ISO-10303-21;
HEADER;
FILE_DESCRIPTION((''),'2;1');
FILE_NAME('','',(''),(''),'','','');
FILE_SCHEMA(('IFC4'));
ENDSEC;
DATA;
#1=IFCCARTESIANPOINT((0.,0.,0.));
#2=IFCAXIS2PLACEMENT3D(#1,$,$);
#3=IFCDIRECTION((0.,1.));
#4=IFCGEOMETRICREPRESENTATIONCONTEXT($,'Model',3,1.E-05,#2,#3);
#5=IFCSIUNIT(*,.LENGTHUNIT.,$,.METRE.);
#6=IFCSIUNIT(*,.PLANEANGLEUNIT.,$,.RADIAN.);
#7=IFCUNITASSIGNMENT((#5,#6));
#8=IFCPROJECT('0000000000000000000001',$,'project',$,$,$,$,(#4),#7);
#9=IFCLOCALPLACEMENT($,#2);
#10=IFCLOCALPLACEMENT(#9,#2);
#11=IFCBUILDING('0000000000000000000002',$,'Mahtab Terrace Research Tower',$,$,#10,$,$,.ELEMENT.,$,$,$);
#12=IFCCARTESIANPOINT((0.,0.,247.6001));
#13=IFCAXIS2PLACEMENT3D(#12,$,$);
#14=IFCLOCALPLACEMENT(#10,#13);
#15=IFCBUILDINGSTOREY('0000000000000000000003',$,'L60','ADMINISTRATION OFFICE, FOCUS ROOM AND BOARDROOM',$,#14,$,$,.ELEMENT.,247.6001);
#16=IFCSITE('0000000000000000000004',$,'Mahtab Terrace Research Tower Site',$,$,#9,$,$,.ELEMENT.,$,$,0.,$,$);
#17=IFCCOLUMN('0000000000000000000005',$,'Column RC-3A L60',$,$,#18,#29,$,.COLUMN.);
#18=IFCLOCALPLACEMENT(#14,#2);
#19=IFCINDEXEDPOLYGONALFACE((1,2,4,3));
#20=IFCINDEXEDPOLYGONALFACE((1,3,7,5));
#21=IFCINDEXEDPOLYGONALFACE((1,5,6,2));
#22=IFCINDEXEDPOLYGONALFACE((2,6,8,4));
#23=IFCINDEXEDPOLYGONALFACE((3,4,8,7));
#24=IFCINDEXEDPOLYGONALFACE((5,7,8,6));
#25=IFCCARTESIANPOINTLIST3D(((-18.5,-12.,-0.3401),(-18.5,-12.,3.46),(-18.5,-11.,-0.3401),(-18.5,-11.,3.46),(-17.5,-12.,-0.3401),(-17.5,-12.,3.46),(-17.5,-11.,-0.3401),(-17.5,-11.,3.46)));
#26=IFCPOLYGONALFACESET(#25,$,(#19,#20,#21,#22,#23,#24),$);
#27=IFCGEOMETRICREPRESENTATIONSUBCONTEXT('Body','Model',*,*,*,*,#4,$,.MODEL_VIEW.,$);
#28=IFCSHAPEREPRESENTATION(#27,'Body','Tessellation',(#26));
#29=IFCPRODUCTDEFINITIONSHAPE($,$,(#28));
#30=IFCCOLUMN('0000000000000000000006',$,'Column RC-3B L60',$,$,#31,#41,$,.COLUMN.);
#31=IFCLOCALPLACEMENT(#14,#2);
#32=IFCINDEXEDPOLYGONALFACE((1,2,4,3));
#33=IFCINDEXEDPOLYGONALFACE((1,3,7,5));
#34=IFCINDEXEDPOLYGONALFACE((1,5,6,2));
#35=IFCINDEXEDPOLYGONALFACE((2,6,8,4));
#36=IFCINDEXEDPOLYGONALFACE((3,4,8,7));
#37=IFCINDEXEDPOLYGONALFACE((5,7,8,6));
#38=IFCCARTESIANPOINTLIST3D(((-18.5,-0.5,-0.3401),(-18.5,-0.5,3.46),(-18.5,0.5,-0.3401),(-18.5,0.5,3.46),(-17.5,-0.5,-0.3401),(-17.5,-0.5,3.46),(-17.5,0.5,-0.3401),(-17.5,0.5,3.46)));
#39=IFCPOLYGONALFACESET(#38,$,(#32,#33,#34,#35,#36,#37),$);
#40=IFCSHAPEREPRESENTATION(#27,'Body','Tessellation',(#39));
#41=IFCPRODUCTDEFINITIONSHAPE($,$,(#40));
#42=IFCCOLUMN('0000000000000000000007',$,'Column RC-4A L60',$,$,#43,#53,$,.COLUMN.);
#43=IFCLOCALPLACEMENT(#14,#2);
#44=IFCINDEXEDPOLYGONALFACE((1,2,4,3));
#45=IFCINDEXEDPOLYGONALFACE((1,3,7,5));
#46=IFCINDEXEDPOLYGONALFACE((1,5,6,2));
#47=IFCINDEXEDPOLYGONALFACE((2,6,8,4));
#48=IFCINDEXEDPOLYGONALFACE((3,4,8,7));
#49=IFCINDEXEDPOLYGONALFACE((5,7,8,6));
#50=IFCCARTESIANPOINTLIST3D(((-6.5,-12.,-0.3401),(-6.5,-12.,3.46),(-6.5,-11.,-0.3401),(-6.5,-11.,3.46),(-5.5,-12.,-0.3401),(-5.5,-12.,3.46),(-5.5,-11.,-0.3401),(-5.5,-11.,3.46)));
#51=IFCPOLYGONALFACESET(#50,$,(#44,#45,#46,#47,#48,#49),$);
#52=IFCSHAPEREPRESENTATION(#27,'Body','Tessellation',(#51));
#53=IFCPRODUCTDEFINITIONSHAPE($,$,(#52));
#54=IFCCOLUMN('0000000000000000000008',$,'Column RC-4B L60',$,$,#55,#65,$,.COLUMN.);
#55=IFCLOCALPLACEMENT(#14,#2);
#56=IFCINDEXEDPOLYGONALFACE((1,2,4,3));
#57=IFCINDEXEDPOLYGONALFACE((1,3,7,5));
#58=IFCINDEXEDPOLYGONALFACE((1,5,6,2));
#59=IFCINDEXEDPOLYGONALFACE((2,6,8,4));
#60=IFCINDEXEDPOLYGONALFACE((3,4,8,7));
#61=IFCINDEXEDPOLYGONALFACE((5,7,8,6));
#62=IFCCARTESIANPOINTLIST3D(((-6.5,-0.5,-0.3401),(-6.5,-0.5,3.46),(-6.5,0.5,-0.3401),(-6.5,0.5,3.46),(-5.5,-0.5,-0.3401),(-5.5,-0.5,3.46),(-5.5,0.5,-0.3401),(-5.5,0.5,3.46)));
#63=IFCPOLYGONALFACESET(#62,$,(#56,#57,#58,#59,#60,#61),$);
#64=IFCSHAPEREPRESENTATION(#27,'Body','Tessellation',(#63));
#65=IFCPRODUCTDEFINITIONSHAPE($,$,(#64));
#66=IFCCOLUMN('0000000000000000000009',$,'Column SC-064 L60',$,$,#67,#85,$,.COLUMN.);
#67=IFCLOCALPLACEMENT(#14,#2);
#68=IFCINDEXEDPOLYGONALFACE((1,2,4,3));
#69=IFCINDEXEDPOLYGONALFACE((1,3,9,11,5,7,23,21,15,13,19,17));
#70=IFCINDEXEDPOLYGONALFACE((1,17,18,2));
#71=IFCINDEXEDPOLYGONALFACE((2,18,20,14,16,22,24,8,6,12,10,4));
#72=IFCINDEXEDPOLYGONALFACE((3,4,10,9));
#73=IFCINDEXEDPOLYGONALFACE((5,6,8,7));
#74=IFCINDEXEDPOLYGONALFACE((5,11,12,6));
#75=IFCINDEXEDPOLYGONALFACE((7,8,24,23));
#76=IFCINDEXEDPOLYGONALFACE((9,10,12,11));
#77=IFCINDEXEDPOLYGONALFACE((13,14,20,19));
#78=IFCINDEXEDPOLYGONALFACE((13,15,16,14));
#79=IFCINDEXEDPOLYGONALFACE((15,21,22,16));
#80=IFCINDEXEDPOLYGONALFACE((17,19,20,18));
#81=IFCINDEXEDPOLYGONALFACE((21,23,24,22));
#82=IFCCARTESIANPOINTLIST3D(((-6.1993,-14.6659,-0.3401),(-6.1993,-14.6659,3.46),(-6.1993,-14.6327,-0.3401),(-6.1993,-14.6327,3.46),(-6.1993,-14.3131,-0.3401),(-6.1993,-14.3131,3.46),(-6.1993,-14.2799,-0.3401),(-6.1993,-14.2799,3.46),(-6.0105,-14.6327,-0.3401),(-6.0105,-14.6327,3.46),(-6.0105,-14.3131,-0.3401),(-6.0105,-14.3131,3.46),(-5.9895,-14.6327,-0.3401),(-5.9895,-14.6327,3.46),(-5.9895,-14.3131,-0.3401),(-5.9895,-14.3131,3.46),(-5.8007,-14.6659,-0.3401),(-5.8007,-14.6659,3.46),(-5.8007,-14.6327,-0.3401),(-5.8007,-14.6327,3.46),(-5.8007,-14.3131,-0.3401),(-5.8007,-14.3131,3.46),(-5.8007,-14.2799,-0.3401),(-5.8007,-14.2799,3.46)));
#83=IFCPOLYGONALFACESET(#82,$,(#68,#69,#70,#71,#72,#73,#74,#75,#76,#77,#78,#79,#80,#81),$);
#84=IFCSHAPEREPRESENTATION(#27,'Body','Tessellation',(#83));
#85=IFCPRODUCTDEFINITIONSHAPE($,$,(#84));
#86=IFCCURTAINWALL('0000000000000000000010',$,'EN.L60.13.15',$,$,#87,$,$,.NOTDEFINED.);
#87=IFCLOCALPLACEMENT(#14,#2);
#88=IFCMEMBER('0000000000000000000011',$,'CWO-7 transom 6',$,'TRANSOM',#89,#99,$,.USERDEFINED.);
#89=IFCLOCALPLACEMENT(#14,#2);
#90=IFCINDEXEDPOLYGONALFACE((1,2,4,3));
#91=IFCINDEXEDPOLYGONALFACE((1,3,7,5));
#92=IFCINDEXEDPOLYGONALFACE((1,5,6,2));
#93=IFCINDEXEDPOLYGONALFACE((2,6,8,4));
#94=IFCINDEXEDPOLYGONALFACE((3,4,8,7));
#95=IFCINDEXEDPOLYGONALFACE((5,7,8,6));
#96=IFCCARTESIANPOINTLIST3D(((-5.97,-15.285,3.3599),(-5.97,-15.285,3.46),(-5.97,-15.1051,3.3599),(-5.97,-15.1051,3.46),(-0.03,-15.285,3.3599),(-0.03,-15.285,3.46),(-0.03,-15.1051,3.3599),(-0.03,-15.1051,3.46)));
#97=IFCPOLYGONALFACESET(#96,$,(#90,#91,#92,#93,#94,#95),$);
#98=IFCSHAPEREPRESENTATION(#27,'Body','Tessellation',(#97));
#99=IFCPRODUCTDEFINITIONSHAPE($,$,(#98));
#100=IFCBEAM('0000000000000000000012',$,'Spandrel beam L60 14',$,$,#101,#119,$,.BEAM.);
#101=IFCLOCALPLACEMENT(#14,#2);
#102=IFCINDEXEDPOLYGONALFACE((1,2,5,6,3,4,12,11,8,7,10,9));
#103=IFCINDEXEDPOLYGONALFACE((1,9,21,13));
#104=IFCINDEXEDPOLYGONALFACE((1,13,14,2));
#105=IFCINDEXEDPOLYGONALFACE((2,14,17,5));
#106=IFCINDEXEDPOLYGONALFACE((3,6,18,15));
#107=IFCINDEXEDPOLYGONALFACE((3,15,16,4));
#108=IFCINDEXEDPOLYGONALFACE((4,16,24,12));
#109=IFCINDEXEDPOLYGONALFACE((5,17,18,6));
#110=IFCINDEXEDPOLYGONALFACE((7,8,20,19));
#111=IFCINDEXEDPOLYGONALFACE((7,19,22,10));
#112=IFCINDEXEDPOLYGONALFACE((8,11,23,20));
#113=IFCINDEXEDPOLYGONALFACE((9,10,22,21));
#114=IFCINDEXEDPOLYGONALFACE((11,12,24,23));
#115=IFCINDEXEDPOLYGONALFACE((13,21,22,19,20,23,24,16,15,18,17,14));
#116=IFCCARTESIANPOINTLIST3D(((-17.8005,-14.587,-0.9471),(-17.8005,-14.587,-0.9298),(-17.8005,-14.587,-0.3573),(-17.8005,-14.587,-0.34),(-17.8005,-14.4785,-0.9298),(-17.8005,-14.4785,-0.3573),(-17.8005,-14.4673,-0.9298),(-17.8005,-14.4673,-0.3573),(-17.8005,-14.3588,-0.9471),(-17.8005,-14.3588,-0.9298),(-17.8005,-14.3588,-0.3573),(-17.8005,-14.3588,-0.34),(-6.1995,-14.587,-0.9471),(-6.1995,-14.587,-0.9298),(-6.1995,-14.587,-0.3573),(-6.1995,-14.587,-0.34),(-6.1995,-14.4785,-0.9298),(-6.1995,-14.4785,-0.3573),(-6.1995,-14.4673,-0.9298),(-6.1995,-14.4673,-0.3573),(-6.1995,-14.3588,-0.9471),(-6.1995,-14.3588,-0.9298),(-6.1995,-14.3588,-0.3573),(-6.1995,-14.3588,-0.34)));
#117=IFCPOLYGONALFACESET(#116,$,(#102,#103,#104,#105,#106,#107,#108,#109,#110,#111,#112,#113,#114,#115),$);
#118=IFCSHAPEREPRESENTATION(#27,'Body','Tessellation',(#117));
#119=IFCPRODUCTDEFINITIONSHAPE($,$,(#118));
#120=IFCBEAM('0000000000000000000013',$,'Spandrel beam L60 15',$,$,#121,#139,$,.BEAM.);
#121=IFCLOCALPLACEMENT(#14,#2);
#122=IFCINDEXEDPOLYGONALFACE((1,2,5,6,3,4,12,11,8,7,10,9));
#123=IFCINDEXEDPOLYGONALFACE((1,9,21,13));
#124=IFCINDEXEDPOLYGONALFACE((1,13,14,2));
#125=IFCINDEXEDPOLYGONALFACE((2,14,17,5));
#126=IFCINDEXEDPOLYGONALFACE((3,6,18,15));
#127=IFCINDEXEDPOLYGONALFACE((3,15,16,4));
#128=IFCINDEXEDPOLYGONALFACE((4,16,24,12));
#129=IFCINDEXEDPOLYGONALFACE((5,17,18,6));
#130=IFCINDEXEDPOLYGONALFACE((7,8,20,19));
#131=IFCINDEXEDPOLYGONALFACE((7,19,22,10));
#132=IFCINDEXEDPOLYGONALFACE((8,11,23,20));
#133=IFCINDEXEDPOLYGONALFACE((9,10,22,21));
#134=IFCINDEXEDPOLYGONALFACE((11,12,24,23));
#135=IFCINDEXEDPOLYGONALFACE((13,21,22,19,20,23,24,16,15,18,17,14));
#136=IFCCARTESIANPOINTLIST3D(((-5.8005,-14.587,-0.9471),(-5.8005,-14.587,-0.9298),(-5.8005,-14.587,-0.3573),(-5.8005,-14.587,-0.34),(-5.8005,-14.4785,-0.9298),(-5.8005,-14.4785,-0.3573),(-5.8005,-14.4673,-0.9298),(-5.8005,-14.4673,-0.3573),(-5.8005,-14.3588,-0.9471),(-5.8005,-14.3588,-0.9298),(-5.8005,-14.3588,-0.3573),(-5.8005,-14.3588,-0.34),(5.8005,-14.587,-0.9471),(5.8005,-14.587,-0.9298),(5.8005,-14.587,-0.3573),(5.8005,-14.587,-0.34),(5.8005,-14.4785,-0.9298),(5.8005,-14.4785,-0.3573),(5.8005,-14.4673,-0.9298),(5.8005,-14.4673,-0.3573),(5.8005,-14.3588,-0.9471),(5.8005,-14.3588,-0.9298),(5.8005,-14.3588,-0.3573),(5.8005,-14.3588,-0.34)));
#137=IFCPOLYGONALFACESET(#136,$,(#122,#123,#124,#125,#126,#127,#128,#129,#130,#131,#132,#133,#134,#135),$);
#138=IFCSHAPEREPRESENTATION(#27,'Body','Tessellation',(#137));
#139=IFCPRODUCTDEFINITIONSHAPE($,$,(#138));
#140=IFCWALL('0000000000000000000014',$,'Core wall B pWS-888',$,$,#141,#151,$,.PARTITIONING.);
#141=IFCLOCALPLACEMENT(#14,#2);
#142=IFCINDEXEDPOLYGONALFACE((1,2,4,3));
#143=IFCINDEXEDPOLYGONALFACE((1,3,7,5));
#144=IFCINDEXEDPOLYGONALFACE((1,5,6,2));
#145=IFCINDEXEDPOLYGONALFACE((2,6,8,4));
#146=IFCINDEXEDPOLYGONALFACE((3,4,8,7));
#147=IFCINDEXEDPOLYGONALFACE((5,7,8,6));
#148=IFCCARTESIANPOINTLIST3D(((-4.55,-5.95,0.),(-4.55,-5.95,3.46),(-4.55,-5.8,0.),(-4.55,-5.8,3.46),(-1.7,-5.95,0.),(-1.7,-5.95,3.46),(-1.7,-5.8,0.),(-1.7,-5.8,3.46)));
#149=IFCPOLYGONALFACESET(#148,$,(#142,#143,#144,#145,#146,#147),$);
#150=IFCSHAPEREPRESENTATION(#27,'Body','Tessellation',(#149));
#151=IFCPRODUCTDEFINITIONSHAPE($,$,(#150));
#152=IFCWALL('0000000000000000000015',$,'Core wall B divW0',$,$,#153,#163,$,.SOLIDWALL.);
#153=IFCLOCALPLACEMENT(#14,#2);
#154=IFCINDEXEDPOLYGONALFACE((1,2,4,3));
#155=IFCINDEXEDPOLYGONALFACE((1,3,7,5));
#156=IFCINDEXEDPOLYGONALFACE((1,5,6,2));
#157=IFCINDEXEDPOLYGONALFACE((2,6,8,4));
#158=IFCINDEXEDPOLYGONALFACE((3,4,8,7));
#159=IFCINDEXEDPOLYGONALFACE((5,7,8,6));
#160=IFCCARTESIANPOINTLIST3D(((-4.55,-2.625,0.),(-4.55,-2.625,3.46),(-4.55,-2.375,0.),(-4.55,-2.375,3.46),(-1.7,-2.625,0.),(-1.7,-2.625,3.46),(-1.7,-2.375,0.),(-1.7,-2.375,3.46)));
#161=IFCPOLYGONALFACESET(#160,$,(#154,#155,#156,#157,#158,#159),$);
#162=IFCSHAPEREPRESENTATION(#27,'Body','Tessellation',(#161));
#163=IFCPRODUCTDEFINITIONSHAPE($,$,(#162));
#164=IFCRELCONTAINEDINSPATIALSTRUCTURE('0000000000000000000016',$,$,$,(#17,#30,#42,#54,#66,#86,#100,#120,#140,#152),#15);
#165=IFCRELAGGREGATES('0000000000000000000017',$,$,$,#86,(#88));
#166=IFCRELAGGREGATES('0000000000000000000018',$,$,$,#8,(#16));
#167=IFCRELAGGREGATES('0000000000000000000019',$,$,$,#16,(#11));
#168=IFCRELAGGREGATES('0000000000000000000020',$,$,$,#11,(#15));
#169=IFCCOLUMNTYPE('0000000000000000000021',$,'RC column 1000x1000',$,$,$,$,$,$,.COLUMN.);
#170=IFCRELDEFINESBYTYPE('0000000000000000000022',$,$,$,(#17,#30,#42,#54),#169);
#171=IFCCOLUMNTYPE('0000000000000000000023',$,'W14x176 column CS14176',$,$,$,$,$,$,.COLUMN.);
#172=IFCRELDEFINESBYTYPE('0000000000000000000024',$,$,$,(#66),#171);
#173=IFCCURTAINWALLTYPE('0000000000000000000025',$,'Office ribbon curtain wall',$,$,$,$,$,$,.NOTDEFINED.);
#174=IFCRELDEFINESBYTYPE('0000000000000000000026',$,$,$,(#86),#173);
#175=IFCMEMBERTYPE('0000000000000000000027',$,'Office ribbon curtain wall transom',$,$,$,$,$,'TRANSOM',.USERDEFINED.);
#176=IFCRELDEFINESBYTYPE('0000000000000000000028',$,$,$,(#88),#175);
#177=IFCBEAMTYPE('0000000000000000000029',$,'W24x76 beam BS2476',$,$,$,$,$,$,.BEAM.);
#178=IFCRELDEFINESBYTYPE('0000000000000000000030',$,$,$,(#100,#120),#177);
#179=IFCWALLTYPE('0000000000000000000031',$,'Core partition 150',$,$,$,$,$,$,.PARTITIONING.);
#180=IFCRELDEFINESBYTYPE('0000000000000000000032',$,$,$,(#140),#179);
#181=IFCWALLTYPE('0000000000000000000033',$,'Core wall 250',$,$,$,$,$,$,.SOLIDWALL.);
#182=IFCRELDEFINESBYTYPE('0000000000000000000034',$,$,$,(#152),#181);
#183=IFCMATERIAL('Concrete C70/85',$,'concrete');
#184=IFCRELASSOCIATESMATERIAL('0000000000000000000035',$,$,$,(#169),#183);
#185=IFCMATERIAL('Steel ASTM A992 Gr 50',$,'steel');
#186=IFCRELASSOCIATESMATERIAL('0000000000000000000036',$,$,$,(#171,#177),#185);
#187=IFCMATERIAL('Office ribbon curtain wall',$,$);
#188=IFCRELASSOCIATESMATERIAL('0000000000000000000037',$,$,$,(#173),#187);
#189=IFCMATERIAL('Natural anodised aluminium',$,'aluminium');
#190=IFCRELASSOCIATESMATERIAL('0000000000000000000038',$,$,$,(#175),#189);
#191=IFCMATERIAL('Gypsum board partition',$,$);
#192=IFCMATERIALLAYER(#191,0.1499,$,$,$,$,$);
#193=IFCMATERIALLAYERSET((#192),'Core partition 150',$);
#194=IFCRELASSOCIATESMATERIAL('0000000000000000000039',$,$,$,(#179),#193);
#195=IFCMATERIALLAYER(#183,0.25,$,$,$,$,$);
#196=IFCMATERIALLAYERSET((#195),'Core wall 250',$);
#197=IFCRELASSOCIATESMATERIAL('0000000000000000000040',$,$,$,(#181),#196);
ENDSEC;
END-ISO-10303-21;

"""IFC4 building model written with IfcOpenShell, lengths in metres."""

from ifc_helpers import new_model, si_unit, direction, frame, frame_2d, origin, origin_2d, place, context, subcontext, project, spatial, rectangle, i_section, extrude, material, layer, layer_set, material_profile, profile_set, type_object, element, aggregate, save


model = new_model("IFC4")

# Units and contexts
model_context = context("Model", 3, precision=1e-05, world=origin(), true_north=direction((0.0, 1.0)))
body_context = subcontext(model_context, "Body", "Model", "MODEL_VIEW")
ifc_project = project(units=[si_unit("LENGTHUNIT", "METRE"), si_unit("PLANEANGLEUNIT", "RADIAN")], contexts=[model_context])

# Site, building, storey
site_placement = place(None, origin())
site = spatial("IfcSite", under=ifc_project, at=site_placement, Name="Mahtab Terrace Research Tower Site", CompositionType="ELEMENT", RefElevation=0.0)
building_placement = place(site_placement, origin())
building = spatial("IfcBuilding", under=site, at=building_placement, Name="Mahtab Terrace Research Tower", CompositionType="ELEMENT")
storey_placement = place(building_placement, frame((0.0, 0.0, 247.6001)))
storey = spatial("IfcBuildingStorey", under=building, at=storey_placement, Name="L60", Description="ADMINISTRATION OFFICE, FOCUS ROOM AND BOARDROOM", CompositionType="ELEMENT", Elevation=247.6001)

# Columns
ifc_material_1 = material(Name="Concrete C70/85", Category="concrete")
ifc_material_profile_1 = material_profile(ifc_material_1, rectangle(XDim=1.0, YDim=1.0, at=origin_2d()), Name="RC column 1000x1000")
ifc_profile_set_1 = profile_set([ifc_material_profile_1], Name="Concrete C70/85")
column_type_1 = type_object("IfcColumnType", Name="RC column 1000x1000", PredefinedType="COLUMN", material=ifc_profile_set_1)
for number, where, z_axis, x_axis, name in (
    (1, (-18.0, -11.5, -0.3401), (0.0, 0.0, 1.0), (1.0, 0.0, 0.0), "Column RC-3A L60"),
    (2, (-18.0, 0.0, -0.3401), (0.0, 0.0, 1.0), (1.0, 0.0, 0.0), "Column RC-3B L60"),
    (3, (-6.0, -11.5, -0.3401), (0.0, 0.0, 1.0), (1.0, 0.0, 0.0), "Column RC-4A L60"),
    (4, (-6.0, 0.0, -0.3401), (0.0, 0.0, 1.0), (1.0, 0.0, 0.0), "Column RC-4B L60"),
):
    element("IfcColumn", number, at=place(storey_placement, frame(where, z_axis=z_axis, x_axis=x_axis)), inside=storey, type_object=column_type_1, Name=name, PredefinedType="COLUMN", context=body_context, shape_type="SweptSolid", body=[
        extrude(rectangle(XDim=1.0, YDim=1.0, at=origin_2d()), origin(), (0.0, 0.0, 1.0), 3.8),
    ])
ifc_material_2 = material(Name="Steel ASTM A992 Gr 50", Category="steel")
ifc_material_profile_2 = material_profile(ifc_material_2, i_section(OverallWidth=0.3987, OverallDepth=0.386, WebThickness=0.021, FlangeThickness=0.0332, at=origin_2d()), Name="W14X176")
ifc_profile_set_2 = profile_set([ifc_material_profile_2], Name="Steel ASTM A992 Gr 50")
column_type_2 = type_object("IfcColumnType", Name="W14x176 column CS14176", PredefinedType="COLUMN", material=ifc_profile_set_2)
column_placement = place(storey_placement, frame((-6.0, -14.4729, -0.3401), z_axis=(0.0, 0.0, 1.0), x_axis=(1.0, 0.0, 0.0)))
element("IfcColumn", 5, at=column_placement, inside=storey, type_object=column_type_2, Name="Column SC-064 L60", PredefinedType="COLUMN", context=body_context, shape_type="SweptSolid", body=[
    extrude(i_section(OverallWidth=0.3987, OverallDepth=0.386, WebThickness=0.021, FlangeThickness=0.0332, at=origin_2d()), origin(), (0.0, 0.0, 1.0), 3.8),
])

# Curtain wall, member
ifc_material_3 = material(Name="Office ribbon curtain wall")
curtain_wall_type = type_object("IfcCurtainWallType", Name="Office ribbon curtain wall", PredefinedType="NOTDEFINED", material=ifc_material_3)
curtain_wall_placement = place(storey_placement, origin())
curtain_wall = element("IfcCurtainWall", 6, at=curtain_wall_placement, inside=storey, type_object=curtain_wall_type, Name="EN.L60.13.15", PredefinedType="NOTDEFINED")
ifc_material_4 = material(Name="Natural anodised aluminium", Category="aluminium")
ifc_material_profile_3 = material_profile(ifc_material_4, rectangle(XDim=0.1799, YDim=0.1001, at=origin_2d()), Name="TRANSOM 100x180")
ifc_profile_set_3 = profile_set([ifc_material_profile_3], Name="Natural anodised aluminium")
member_type = type_object("IfcMemberType", Name="Office ribbon curtain wall transom", ElementType="TRANSOM", PredefinedType="USERDEFINED", material=ifc_profile_set_3)
member_placement = place(storey_placement, frame((-5.97, -15.1951, 3.4099), z_axis=(1.0, 0.0, 0.0), x_axis=(0.0, 1.0, 0.0)))
member = element("IfcMember", 7, at=member_placement, type_object=member_type, Name="CWO-7 transom 6", ObjectType="TRANSOM", PredefinedType="USERDEFINED", context=body_context, shape_type="SweptSolid", body=[
    extrude(rectangle(XDim=0.1799, YDim=0.1001, at=origin_2d()), origin(), (0.0, 0.0, 1.0), 5.9399),
])
aggregate(curtain_wall, [member])

# Beams
ifc_material_profile_4 = material_profile(ifc_material_2, i_section(OverallWidth=0.2283, OverallDepth=0.6072, WebThickness=0.0112, FlangeThickness=0.0173, at=origin_2d()), Name="W24X76")
ifc_profile_set_4 = profile_set([ifc_material_profile_4], Name="Steel ASTM A992 Gr 50")
beam_type = type_object("IfcBeamType", Name="W24x76 beam BS2476", PredefinedType="BEAM", material=ifc_profile_set_4)
for number, where, z_axis, x_axis, name in (
    (8, (-17.8005, -14.4729, -0.6436), (1.0, 0.0, 0.0), (0.0, 1.0, 0.0), "Spandrel beam L60 14"),
    (9, (-5.8005, -14.4729, -0.6436), (1.0, 0.0, 0.0), (0.0, 1.0, 0.0), "Spandrel beam L60 15"),
):
    element("IfcBeam", number, at=place(storey_placement, frame(where, z_axis=z_axis, x_axis=x_axis)), inside=storey, type_object=beam_type, Name=name, PredefinedType="BEAM", context=body_context, shape_type="SweptSolid", body=[
        extrude(i_section(OverallWidth=0.2283, OverallDepth=0.6072, WebThickness=0.0112, FlangeThickness=0.0173, at=origin_2d()), origin(), (0.0, 0.0, 1.0), 11.6011),
    ])

# Walls
ifc_material_5 = material(Name="Gypsum board partition")
ifc_layer_1 = layer(ifc_material_5, 0.1499)
ifc_layer_set_1 = layer_set([ifc_layer_1], Name="Core partition 150")
wall_type_1 = type_object("IfcWallType", Name="Core partition 150", PredefinedType="PARTITIONING", material=ifc_layer_set_1)
wall_1_placement = place(storey_placement, frame((-4.55, -5.875, 0.0), z_axis=(0.0, 0.0, 1.0), x_axis=(1.0, 0.0, 0.0)))
element("IfcWall", 10, at=wall_1_placement, inside=storey, type_object=wall_type_1, Name="Core wall B pWS-888", PredefinedType="PARTITIONING", context=body_context, shape_type="SweptSolid", body=[
    extrude(rectangle(XDim=2.8501, YDim=0.1499, at=frame_2d((1.425, 0.0))), origin(), (0.0, 0.0, 1.0), 3.46),
])
ifc_layer_2 = layer(ifc_material_1, 0.25)
ifc_layer_set_2 = layer_set([ifc_layer_2], Name="Core wall 250")
wall_type_2 = type_object("IfcWallType", Name="Core wall 250", PredefinedType="SOLIDWALL", material=ifc_layer_set_2)
wall_2_placement = place(storey_placement, frame((-4.55, -2.5, 0.0), z_axis=(0.0, 0.0, 1.0), x_axis=(1.0, 0.0, 0.0)))
element("IfcWall", 11, at=wall_2_placement, inside=storey, type_object=wall_type_2, Name="Core wall B divW0", PredefinedType="SOLIDWALL", context=body_context, shape_type="SweptSolid", body=[
    extrude(rectangle(XDim=2.8501, YDim=0.25, at=frame_2d((1.425, 0.0))), origin(), (0.0, 0.0, 1.0), 3.46),
])

save(model, "model.ifc")
